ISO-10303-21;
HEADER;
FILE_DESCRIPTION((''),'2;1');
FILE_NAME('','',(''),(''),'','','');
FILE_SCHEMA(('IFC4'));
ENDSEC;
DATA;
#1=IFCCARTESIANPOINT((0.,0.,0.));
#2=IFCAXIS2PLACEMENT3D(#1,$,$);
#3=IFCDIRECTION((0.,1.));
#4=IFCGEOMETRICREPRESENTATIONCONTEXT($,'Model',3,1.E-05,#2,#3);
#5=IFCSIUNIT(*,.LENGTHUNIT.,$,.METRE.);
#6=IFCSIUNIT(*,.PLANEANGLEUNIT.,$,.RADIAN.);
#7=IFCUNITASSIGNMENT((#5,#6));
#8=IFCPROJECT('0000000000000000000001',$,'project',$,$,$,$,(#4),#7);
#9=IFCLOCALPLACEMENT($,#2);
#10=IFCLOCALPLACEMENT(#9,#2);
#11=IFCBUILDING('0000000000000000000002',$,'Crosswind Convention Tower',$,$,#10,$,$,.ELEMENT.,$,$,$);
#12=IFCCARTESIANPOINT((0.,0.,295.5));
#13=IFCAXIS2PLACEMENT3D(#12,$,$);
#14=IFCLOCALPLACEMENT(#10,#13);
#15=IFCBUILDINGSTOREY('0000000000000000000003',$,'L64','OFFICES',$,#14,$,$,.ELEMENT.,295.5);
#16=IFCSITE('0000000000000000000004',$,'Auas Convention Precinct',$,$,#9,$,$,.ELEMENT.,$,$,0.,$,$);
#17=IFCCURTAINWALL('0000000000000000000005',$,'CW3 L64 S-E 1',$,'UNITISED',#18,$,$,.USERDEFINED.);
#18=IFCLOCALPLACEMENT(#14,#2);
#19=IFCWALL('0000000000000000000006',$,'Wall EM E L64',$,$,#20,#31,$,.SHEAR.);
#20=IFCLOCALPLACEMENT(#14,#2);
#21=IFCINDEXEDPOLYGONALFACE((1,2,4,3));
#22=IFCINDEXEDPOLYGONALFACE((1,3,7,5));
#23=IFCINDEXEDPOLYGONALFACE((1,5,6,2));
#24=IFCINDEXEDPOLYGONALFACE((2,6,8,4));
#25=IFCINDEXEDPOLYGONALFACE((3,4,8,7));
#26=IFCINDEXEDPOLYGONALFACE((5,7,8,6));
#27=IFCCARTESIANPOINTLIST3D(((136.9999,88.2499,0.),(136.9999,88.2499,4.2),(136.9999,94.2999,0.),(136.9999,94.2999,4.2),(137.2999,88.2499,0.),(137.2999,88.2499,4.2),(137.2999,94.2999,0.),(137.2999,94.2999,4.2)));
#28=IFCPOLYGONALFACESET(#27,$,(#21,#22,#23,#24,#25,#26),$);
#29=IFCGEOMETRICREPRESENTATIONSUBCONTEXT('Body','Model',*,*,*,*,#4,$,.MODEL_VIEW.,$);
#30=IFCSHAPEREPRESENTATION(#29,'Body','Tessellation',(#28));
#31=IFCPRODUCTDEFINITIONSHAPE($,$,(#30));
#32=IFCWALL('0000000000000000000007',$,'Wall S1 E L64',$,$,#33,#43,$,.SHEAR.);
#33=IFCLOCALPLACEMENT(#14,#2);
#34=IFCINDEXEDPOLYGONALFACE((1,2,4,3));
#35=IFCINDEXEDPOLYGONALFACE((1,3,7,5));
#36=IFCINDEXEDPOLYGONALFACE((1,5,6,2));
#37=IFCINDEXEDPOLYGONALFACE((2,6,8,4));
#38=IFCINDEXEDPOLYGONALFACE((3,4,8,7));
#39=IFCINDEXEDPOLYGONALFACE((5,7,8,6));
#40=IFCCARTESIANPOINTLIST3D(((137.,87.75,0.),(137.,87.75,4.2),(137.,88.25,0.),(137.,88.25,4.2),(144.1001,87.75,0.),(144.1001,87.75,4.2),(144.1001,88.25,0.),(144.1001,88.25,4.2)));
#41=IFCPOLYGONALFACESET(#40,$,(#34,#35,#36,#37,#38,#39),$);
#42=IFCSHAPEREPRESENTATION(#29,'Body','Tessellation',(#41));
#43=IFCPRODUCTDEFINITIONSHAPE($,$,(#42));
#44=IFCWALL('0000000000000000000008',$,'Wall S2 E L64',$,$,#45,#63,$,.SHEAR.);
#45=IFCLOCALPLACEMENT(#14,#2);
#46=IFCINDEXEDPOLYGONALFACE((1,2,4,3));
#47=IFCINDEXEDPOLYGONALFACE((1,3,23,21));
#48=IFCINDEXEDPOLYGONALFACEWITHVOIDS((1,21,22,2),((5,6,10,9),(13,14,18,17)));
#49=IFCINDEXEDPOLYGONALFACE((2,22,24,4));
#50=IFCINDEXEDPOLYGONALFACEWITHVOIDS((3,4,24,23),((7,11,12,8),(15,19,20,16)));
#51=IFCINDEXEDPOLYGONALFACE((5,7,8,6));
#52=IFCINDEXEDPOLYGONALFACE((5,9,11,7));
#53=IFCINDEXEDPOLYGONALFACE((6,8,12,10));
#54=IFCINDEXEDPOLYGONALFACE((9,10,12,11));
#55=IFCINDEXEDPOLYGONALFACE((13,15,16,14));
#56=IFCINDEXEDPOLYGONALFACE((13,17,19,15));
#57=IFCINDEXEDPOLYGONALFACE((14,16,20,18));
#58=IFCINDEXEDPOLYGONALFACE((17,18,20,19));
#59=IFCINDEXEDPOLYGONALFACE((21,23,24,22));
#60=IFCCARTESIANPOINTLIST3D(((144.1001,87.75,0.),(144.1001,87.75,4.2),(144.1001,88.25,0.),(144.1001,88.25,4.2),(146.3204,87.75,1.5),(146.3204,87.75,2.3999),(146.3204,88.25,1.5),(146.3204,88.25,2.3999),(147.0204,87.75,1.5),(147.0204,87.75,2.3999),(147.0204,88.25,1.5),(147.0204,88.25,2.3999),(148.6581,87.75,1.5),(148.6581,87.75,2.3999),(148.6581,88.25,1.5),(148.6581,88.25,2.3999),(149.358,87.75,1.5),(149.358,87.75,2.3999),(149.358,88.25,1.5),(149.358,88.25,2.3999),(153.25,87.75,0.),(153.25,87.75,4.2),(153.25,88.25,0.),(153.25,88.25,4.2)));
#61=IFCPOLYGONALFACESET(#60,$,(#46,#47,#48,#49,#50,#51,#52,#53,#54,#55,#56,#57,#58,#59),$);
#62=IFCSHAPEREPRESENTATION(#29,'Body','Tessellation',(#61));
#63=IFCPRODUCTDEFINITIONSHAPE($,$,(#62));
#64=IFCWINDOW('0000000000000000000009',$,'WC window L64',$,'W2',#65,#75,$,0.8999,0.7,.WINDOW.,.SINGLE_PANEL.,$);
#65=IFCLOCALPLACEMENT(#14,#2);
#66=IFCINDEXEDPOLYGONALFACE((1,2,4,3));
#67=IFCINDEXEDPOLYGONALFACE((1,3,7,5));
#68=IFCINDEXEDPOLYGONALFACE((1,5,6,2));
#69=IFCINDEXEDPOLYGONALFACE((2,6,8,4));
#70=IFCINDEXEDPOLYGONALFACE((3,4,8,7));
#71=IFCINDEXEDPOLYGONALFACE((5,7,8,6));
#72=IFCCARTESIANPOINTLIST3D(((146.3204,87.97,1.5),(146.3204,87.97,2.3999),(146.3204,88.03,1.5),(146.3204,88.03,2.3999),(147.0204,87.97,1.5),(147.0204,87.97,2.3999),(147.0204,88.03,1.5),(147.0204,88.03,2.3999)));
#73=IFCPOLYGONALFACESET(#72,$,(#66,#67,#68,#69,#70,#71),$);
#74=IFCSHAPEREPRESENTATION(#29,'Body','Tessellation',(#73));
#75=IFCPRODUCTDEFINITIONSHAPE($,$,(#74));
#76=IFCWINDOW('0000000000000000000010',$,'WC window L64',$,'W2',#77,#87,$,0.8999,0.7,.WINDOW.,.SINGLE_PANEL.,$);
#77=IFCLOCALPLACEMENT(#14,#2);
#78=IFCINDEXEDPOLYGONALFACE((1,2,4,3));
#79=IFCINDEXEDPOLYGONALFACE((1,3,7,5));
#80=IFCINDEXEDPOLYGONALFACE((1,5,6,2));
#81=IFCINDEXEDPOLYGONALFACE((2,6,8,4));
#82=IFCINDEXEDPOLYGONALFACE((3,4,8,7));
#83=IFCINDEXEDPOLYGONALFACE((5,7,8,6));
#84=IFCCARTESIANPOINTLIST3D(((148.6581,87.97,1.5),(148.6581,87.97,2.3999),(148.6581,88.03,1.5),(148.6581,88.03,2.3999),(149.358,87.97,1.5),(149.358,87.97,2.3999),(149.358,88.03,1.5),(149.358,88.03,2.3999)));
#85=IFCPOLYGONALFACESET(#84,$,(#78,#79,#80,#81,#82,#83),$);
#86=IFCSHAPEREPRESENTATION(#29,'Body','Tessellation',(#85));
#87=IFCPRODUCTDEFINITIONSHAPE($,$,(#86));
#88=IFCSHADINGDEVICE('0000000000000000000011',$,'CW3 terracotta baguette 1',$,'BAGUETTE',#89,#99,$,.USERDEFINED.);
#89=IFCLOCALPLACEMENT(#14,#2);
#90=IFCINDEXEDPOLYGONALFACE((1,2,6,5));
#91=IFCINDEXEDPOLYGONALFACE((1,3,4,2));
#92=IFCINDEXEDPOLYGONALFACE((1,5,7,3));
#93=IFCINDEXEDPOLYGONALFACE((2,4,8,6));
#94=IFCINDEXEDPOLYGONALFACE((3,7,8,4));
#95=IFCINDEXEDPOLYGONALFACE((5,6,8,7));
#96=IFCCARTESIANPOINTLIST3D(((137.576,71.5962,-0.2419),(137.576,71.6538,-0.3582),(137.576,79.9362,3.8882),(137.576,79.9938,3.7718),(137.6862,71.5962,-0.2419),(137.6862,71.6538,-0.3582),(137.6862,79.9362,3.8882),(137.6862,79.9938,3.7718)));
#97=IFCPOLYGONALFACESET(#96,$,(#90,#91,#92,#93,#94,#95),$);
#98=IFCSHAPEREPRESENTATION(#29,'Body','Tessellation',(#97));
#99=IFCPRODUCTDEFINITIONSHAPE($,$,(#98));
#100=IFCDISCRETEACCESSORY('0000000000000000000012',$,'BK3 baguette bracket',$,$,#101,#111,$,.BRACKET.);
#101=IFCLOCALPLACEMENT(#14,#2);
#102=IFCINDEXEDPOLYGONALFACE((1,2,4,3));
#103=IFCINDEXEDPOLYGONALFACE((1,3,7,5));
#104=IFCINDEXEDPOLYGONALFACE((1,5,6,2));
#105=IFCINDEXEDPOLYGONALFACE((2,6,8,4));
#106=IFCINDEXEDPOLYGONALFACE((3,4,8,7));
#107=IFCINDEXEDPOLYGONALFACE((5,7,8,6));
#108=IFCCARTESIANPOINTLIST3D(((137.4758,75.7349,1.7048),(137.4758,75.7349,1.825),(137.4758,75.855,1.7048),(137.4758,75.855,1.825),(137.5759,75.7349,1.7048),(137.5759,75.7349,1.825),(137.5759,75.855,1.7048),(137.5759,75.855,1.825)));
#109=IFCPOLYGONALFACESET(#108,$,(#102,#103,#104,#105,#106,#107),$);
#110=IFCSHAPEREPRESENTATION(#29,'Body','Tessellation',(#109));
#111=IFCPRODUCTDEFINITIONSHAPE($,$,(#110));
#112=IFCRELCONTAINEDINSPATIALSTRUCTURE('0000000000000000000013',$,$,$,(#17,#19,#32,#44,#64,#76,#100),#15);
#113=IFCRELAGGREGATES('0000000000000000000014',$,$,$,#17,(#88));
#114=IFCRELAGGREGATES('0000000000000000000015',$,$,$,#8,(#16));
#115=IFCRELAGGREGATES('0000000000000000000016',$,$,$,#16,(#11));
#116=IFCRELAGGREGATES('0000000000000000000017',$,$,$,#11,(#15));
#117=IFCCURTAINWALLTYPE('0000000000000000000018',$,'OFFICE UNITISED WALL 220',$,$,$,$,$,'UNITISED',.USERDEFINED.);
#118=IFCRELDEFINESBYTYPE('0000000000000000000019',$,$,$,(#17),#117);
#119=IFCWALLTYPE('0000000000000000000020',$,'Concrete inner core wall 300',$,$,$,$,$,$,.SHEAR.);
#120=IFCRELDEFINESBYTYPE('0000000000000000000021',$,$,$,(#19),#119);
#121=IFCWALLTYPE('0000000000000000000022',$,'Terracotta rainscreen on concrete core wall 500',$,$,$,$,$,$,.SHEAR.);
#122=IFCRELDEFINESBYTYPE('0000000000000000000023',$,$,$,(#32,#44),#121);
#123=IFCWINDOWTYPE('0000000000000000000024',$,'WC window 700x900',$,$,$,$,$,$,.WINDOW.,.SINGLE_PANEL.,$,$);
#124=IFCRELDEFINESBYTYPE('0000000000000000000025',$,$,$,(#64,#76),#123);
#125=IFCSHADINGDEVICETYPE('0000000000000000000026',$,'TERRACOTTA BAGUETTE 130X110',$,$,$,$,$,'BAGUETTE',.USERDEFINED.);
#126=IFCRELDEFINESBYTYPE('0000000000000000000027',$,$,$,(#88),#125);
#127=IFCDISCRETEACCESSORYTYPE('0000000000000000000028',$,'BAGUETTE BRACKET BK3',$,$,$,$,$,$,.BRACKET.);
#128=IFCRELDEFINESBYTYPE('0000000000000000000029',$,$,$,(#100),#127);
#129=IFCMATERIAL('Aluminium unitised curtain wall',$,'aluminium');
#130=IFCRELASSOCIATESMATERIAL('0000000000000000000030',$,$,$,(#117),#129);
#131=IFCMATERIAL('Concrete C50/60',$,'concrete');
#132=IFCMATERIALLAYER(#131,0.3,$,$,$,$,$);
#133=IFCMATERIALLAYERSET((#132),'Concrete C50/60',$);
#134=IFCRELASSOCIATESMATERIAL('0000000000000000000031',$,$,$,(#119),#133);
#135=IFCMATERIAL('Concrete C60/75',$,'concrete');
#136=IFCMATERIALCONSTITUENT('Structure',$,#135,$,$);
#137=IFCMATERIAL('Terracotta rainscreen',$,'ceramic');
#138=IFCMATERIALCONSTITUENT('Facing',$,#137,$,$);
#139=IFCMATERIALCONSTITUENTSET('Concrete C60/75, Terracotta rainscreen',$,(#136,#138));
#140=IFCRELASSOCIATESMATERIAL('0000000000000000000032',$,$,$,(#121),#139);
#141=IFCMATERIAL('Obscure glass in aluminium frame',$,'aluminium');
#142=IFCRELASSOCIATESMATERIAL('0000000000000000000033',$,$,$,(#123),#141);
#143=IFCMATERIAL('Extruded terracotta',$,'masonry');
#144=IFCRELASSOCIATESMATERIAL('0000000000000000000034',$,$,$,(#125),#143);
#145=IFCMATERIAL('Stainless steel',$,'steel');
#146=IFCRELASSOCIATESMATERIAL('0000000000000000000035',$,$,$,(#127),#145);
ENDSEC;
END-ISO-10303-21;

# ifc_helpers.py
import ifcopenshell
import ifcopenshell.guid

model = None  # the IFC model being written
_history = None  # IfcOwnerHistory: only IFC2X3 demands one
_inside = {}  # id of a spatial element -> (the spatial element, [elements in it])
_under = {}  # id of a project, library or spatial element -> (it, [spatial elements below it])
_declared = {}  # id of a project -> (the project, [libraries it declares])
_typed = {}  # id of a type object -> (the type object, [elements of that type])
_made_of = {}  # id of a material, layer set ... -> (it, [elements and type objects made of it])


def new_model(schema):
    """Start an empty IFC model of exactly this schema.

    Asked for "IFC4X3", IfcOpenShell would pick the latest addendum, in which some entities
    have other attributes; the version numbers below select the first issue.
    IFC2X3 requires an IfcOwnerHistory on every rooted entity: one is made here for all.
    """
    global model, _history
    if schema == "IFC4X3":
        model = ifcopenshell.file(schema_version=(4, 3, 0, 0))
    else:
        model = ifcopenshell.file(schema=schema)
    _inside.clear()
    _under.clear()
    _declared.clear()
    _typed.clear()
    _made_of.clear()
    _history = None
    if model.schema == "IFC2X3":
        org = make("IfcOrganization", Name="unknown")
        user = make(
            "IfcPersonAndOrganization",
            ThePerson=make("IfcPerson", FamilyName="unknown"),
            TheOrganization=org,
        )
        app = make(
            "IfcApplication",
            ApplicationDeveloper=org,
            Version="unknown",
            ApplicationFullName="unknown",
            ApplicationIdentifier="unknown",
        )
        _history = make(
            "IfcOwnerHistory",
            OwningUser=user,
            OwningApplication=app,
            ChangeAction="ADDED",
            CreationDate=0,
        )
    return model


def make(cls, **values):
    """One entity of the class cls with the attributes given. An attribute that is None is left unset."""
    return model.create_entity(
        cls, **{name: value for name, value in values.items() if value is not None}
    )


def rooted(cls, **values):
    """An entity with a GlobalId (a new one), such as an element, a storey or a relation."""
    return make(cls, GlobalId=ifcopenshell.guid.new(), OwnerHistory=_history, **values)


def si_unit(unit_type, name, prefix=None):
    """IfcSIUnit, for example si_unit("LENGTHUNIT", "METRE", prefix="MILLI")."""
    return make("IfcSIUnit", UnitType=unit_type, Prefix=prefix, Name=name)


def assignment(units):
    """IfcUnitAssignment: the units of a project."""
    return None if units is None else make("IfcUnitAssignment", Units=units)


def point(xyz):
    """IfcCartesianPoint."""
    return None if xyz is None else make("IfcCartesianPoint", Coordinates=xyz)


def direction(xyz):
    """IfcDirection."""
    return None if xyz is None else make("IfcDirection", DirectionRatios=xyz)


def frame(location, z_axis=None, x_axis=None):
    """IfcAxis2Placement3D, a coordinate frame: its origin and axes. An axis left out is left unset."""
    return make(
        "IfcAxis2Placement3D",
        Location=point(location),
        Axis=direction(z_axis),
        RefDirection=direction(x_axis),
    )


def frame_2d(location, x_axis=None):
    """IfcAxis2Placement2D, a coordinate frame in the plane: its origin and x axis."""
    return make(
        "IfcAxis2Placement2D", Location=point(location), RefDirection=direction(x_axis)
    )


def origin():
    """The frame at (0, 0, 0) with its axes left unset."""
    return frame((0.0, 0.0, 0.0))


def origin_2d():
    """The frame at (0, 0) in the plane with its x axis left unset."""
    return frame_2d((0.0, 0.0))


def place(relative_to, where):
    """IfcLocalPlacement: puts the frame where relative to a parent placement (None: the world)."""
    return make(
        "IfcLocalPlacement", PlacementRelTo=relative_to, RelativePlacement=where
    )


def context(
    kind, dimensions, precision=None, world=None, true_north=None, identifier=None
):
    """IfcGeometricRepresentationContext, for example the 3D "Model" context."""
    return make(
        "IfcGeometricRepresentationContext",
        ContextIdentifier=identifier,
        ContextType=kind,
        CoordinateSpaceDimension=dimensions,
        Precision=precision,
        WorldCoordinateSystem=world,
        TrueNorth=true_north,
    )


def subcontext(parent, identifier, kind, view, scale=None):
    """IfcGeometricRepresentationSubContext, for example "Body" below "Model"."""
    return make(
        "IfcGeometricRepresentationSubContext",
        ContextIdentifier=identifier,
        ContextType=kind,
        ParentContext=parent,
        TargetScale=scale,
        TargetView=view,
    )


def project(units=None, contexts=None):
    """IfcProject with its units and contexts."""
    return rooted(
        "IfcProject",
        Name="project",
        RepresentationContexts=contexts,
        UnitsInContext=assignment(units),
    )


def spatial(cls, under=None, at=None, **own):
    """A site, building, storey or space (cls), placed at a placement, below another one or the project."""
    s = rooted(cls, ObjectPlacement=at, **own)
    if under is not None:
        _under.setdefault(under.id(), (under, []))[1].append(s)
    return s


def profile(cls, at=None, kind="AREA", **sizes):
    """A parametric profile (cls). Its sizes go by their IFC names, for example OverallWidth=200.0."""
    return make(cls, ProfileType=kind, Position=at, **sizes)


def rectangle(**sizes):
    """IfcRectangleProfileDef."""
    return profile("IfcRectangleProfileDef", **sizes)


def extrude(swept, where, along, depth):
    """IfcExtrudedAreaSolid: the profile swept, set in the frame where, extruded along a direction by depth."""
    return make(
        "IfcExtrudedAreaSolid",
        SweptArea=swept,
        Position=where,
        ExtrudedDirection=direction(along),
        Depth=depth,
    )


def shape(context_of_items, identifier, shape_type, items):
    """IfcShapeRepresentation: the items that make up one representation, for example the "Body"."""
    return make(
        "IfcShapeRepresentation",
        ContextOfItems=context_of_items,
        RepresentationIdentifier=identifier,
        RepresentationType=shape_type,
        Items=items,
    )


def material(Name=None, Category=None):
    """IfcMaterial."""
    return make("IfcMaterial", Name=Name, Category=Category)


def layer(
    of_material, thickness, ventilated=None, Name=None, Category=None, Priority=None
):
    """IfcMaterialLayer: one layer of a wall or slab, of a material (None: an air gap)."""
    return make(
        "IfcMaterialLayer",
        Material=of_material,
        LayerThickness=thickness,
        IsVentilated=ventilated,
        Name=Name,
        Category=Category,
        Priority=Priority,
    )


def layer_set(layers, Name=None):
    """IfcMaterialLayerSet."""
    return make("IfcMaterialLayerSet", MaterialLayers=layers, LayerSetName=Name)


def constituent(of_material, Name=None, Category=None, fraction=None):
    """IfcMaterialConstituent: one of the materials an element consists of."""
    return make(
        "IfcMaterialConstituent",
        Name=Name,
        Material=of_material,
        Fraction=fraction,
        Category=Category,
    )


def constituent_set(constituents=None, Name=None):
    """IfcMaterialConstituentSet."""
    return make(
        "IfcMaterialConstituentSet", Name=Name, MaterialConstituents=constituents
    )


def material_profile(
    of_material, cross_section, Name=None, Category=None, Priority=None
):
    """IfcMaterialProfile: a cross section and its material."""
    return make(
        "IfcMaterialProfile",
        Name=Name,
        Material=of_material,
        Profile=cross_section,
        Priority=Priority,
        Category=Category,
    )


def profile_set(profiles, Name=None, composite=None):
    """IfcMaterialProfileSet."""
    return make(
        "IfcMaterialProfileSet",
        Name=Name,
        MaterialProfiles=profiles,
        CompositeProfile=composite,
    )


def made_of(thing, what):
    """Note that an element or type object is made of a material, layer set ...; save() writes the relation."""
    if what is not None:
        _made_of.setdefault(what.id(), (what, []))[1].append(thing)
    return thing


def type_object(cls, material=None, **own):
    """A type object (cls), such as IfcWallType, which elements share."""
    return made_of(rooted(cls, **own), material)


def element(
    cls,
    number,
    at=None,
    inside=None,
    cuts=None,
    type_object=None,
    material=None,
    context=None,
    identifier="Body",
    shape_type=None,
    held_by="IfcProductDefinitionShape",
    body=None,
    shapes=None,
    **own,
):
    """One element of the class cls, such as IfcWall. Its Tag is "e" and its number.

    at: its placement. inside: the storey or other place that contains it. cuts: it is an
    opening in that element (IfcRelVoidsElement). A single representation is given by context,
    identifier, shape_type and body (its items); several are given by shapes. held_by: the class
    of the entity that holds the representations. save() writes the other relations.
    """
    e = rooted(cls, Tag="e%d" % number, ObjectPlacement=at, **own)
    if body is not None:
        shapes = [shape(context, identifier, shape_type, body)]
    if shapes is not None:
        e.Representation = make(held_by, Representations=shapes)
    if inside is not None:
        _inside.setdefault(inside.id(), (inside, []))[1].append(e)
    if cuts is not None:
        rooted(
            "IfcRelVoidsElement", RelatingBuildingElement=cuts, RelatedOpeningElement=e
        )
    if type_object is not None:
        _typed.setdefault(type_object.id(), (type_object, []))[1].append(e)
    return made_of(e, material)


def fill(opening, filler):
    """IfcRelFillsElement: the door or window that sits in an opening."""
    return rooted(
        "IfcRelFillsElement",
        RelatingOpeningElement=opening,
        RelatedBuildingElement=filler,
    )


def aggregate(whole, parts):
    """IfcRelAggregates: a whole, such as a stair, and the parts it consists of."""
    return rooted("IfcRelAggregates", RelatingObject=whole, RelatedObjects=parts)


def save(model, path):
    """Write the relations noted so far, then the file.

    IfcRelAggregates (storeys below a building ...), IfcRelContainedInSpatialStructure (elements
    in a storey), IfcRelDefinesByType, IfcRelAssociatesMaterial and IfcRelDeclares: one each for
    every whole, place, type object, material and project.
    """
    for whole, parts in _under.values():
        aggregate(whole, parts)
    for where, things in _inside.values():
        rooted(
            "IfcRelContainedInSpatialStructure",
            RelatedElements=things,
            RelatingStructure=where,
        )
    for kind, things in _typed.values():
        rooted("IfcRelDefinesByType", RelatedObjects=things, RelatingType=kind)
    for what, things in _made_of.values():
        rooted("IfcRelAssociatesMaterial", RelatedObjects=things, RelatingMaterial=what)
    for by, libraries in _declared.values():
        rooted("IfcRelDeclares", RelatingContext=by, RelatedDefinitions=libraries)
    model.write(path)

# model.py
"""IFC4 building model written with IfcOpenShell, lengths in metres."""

from ifc_helpers import new_model, si_unit, direction, frame, frame_2d, origin, origin_2d, place, context, subcontext, project, spatial, rectangle, extrude, material, layer, layer_set, constituent, constituent_set, material_profile, profile_set, type_object, element, fill, aggregate, save


model = new_model("IFC4")

# Units and contexts
model_context = context("Model", 3, precision=1e-05, world=origin(), true_north=direction((0.0, 1.0)))
body_context = subcontext(model_context, "Body", "Model", "MODEL_VIEW")
ifc_project = project(units=[si_unit("LENGTHUNIT", "METRE"), si_unit("PLANEANGLEUNIT", "RADIAN")], contexts=[model_context])

# Site, building, storey
site_placement = place(None, origin())
site = spatial("IfcSite", under=ifc_project, at=site_placement, Name="Auas Convention Precinct", CompositionType="ELEMENT", RefElevation=0.0)
building_placement = place(site_placement, origin())
building = spatial("IfcBuilding", under=site, at=building_placement, Name="Crosswind Convention Tower", CompositionType="ELEMENT")
storey_placement = place(building_placement, frame((0.0, 0.0, 295.5)))
storey = spatial("IfcBuildingStorey", under=building, at=storey_placement, Name="L64", Description="OFFICES", CompositionType="ELEMENT", Elevation=295.5)

# Shared definitions
ifc_material_1 = material(Name="Aluminium unitised curtain wall", Category="aluminium")

# Curtain wall
curtain_wall_type_1 = type_object("IfcCurtainWallType", Name="OFFICE UNITISED WALL 220", ElementType="UNITISED", PredefinedType="USERDEFINED", material=ifc_material_1)
curtain_wall_1_placement = place(storey_placement, origin())
curtain_wall_1 = element("IfcCurtainWall", 1, at=curtain_wall_1_placement, inside=storey, type_object=curtain_wall_type_1, Name="CW3 L64 S-E 1", ObjectType="UNITISED", PredefinedType="USERDEFINED")

# Walls
ifc_material_2 = material(Name="Concrete C50/60", Category="concrete")
ifc_layer_1 = layer(ifc_material_2, 0.3)
ifc_layer_set_1 = layer_set([ifc_layer_1], Name="Concrete C50/60")
wall_type_1 = type_object("IfcWallType", Name="Concrete inner core wall 300", PredefinedType="SHEAR", material=ifc_layer_set_1)
wall_1_placement = place(storey_placement, frame((137.1499, 88.25, 0.0), z_axis=(0.0, 0.0, 1.0), x_axis=(0.0, 1.0, 0.0)))
element("IfcWall", 2, at=wall_1_placement, inside=storey, type_object=wall_type_1, Name="Wall EM E L64", PredefinedType="SHEAR", context=body_context, shape_type="SweptSolid", body=[
    extrude(rectangle(XDim=6.05, YDim=0.3, at=frame_2d((3.0249, 0.0))), origin(), (0.0, 0.0, 1.0), 4.2),
])
ifc_material_3 = material(Name="Concrete C60/75", Category="concrete")
ifc_constituent_1 = constituent(ifc_material_3, Name="Structure")
ifc_material_4 = material(Name="Terracotta rainscreen", Category="ceramic")
ifc_constituent_2 = constituent(ifc_material_4, Name="Facing")
ifc_constituent_set = constituent_set(constituents=[ifc_constituent_1, ifc_constituent_2], Name="Concrete C60/75, Terracotta rainscreen")
wall_type_2 = type_object("IfcWallType", Name="Terracotta rainscreen on concrete core wall 500", PredefinedType="SHEAR", material=ifc_constituent_set)
wall_2_placement = place(storey_placement, frame((137.0, 88.0, 0.0), z_axis=(0.0, 0.0, 1.0), x_axis=(1.0, 0.0, 0.0)))
element("IfcWall", 3, at=wall_2_placement, inside=storey, type_object=wall_type_2, Name="Wall S1 E L64", PredefinedType="SHEAR", context=body_context, shape_type="SweptSolid", body=[
    extrude(rectangle(XDim=7.1001, YDim=0.5, at=frame_2d((3.55, 0.0))), origin(), (0.0, 0.0, 1.0), 4.2),
])

# Wall, openings, windows
wall_3_placement = place(storey_placement, frame((144.1001, 88.0, 0.0), z_axis=(0.0, 0.0, 1.0), x_axis=(1.0, 0.0, 0.0)))
wall_3 = element("IfcWall", 4, at=wall_3_placement, inside=storey, type_object=wall_type_2, Name="Wall S2 E L64", PredefinedType="SHEAR", context=body_context, shape_type="SweptSolid", body=[
    extrude(rectangle(XDim=9.1499, YDim=0.5, at=frame_2d((4.575, 0.0))), origin(), (0.0, 0.0, 1.0), 4.2),
])
opening_1_placement = place(wall_3_placement, frame((2.2202, 0.0, 1.5)))
opening_1 = element("IfcOpeningElement", 5, at=opening_1_placement, cuts=wall_3, PredefinedType="OPENING", context=body_context, shape_type="SweptSolid", body=[
    extrude(rectangle(XDim=0.7, YDim=0.8999, at=frame_2d((0.3501, 0.45))), frame((0.0, 0.26, 0.0), z_axis=(0.0, -1.0, 0.0), x_axis=(1.0, 0.0, 0.0)), (0.0, 0.0, 1.0), 0.52),
])
opening_2_placement = place(wall_3_placement, frame((4.5579, 0.0, 1.5)))
opening_2 = element("IfcOpeningElement", 6, at=opening_2_placement, cuts=wall_3, PredefinedType="OPENING", context=body_context, shape_type="SweptSolid", body=[
    extrude(rectangle(XDim=0.7, YDim=0.8999, at=frame_2d((0.3501, 0.45))), frame((0.0, 0.26, 0.0), z_axis=(0.0, -1.0, 0.0), x_axis=(1.0, 0.0, 0.0)), (0.0, 0.0, 1.0), 0.52),
])
ifc_material_5 = material(Name="Obscure glass in aluminium frame", Category="aluminium")
window_type = type_object("IfcWindowType", Name="WC window 700x900", PartitioningType="SINGLE_PANEL", PredefinedType="WINDOW", material=ifc_material_5)
window_1_placement = place(opening_1_placement, origin())
window_1 = element("IfcWindow", 7, at=window_1_placement, inside=storey, type_object=window_type, Name="WC window L64", ObjectType="W2", OverallHeight=0.8999, OverallWidth=0.7, PartitioningType="SINGLE_PANEL", PredefinedType="WINDOW", context=body_context, shape_type="SweptSolid", body=[
    extrude(rectangle(XDim=0.7, YDim=0.8999, at=frame_2d((0.3501, 0.45))), frame((0.0, 0.03, 0.0), z_axis=(0.0, -1.0, 0.0), x_axis=(1.0, 0.0, 0.0)), (0.0, 0.0, 1.0), 0.0601),
])
fill(opening_1, window_1)
window_2_placement = place(opening_2_placement, origin())
window_2 = element("IfcWindow", 8, at=window_2_placement, inside=storey, type_object=window_type, Name="WC window L64", ObjectType="W2", OverallHeight=0.8999, OverallWidth=0.7, PartitioningType="SINGLE_PANEL", PredefinedType="WINDOW", context=body_context, shape_type="SweptSolid", body=[
    extrude(rectangle(XDim=0.7, YDim=0.8999, at=frame_2d((0.3501, 0.45))), frame((0.0, 0.03, 0.0), z_axis=(0.0, -1.0, 0.0), x_axis=(1.0, 0.0, 0.0)), (0.0, 0.0, 1.0), 0.0601),
])
fill(opening_2, window_2)

# Shading device
ifc_material_6 = material(Name="Extruded terracotta", Category="masonry")
ifc_material_profile_1 = material_profile(ifc_material_6, rectangle(XDim=0.1101, YDim=0.1299, at=origin_2d()), Name="TC 110X130")
ifc_profile_set_1 = profile_set([ifc_material_profile_1], Name="Extruded terracotta")
shading_device_type = type_object("IfcShadingDeviceType", Name="TERRACOTTA BAGUETTE 130X110", ElementType="BAGUETTE", PredefinedType="USERDEFINED", material=ifc_profile_set_1)
shading_device_placement = place(storey_placement, frame((137.6311, 71.625, -0.3), z_axis=(0.0, 0.896136, 0.443779), x_axis=(-1.0, 0.0, 0.0)))
shading_device = element("IfcShadingDevice", 9, at=shading_device_placement, type_object=shading_device_type, Name="CW3 terracotta baguette 1", ObjectType="BAGUETTE", PredefinedType="USERDEFINED", context=body_context, shape_type="SweptSolid", body=[
    extrude(rectangle(XDim=0.1101, YDim=0.1299, at=origin_2d()), origin(), (0.0, 0.0, 1.0), 9.3066),
])
aggregate(curtain_wall_1, [shading_device])

# Discrete accessory
ifc_material_7 = material(Name="Stainless steel", Category="steel")
discrete_accessory_type = type_object("IfcDiscreteAccessoryType", Name="BAGUETTE BRACKET BK3", PredefinedType="BRACKET", material=ifc_material_7)
discrete_accessory_placement = place(storey_placement, frame((137.5259, 75.7949, 1.7048), z_axis=(0.0, 0.0, 1.0), x_axis=(0.0, 1.0, 0.0)))
element("IfcDiscreteAccessory", 10, at=discrete_accessory_placement, inside=storey, type_object=discrete_accessory_type, Name="BK3 baguette bracket", PredefinedType="BRACKET", context=body_context, shape_type="SweptSolid", body=[
    extrude(rectangle(XDim=0.1201, YDim=0.1001, at=origin_2d()), origin(), (0.0, 0.0, 1.0), 0.1201),
])

save(model, "model.ifc")
